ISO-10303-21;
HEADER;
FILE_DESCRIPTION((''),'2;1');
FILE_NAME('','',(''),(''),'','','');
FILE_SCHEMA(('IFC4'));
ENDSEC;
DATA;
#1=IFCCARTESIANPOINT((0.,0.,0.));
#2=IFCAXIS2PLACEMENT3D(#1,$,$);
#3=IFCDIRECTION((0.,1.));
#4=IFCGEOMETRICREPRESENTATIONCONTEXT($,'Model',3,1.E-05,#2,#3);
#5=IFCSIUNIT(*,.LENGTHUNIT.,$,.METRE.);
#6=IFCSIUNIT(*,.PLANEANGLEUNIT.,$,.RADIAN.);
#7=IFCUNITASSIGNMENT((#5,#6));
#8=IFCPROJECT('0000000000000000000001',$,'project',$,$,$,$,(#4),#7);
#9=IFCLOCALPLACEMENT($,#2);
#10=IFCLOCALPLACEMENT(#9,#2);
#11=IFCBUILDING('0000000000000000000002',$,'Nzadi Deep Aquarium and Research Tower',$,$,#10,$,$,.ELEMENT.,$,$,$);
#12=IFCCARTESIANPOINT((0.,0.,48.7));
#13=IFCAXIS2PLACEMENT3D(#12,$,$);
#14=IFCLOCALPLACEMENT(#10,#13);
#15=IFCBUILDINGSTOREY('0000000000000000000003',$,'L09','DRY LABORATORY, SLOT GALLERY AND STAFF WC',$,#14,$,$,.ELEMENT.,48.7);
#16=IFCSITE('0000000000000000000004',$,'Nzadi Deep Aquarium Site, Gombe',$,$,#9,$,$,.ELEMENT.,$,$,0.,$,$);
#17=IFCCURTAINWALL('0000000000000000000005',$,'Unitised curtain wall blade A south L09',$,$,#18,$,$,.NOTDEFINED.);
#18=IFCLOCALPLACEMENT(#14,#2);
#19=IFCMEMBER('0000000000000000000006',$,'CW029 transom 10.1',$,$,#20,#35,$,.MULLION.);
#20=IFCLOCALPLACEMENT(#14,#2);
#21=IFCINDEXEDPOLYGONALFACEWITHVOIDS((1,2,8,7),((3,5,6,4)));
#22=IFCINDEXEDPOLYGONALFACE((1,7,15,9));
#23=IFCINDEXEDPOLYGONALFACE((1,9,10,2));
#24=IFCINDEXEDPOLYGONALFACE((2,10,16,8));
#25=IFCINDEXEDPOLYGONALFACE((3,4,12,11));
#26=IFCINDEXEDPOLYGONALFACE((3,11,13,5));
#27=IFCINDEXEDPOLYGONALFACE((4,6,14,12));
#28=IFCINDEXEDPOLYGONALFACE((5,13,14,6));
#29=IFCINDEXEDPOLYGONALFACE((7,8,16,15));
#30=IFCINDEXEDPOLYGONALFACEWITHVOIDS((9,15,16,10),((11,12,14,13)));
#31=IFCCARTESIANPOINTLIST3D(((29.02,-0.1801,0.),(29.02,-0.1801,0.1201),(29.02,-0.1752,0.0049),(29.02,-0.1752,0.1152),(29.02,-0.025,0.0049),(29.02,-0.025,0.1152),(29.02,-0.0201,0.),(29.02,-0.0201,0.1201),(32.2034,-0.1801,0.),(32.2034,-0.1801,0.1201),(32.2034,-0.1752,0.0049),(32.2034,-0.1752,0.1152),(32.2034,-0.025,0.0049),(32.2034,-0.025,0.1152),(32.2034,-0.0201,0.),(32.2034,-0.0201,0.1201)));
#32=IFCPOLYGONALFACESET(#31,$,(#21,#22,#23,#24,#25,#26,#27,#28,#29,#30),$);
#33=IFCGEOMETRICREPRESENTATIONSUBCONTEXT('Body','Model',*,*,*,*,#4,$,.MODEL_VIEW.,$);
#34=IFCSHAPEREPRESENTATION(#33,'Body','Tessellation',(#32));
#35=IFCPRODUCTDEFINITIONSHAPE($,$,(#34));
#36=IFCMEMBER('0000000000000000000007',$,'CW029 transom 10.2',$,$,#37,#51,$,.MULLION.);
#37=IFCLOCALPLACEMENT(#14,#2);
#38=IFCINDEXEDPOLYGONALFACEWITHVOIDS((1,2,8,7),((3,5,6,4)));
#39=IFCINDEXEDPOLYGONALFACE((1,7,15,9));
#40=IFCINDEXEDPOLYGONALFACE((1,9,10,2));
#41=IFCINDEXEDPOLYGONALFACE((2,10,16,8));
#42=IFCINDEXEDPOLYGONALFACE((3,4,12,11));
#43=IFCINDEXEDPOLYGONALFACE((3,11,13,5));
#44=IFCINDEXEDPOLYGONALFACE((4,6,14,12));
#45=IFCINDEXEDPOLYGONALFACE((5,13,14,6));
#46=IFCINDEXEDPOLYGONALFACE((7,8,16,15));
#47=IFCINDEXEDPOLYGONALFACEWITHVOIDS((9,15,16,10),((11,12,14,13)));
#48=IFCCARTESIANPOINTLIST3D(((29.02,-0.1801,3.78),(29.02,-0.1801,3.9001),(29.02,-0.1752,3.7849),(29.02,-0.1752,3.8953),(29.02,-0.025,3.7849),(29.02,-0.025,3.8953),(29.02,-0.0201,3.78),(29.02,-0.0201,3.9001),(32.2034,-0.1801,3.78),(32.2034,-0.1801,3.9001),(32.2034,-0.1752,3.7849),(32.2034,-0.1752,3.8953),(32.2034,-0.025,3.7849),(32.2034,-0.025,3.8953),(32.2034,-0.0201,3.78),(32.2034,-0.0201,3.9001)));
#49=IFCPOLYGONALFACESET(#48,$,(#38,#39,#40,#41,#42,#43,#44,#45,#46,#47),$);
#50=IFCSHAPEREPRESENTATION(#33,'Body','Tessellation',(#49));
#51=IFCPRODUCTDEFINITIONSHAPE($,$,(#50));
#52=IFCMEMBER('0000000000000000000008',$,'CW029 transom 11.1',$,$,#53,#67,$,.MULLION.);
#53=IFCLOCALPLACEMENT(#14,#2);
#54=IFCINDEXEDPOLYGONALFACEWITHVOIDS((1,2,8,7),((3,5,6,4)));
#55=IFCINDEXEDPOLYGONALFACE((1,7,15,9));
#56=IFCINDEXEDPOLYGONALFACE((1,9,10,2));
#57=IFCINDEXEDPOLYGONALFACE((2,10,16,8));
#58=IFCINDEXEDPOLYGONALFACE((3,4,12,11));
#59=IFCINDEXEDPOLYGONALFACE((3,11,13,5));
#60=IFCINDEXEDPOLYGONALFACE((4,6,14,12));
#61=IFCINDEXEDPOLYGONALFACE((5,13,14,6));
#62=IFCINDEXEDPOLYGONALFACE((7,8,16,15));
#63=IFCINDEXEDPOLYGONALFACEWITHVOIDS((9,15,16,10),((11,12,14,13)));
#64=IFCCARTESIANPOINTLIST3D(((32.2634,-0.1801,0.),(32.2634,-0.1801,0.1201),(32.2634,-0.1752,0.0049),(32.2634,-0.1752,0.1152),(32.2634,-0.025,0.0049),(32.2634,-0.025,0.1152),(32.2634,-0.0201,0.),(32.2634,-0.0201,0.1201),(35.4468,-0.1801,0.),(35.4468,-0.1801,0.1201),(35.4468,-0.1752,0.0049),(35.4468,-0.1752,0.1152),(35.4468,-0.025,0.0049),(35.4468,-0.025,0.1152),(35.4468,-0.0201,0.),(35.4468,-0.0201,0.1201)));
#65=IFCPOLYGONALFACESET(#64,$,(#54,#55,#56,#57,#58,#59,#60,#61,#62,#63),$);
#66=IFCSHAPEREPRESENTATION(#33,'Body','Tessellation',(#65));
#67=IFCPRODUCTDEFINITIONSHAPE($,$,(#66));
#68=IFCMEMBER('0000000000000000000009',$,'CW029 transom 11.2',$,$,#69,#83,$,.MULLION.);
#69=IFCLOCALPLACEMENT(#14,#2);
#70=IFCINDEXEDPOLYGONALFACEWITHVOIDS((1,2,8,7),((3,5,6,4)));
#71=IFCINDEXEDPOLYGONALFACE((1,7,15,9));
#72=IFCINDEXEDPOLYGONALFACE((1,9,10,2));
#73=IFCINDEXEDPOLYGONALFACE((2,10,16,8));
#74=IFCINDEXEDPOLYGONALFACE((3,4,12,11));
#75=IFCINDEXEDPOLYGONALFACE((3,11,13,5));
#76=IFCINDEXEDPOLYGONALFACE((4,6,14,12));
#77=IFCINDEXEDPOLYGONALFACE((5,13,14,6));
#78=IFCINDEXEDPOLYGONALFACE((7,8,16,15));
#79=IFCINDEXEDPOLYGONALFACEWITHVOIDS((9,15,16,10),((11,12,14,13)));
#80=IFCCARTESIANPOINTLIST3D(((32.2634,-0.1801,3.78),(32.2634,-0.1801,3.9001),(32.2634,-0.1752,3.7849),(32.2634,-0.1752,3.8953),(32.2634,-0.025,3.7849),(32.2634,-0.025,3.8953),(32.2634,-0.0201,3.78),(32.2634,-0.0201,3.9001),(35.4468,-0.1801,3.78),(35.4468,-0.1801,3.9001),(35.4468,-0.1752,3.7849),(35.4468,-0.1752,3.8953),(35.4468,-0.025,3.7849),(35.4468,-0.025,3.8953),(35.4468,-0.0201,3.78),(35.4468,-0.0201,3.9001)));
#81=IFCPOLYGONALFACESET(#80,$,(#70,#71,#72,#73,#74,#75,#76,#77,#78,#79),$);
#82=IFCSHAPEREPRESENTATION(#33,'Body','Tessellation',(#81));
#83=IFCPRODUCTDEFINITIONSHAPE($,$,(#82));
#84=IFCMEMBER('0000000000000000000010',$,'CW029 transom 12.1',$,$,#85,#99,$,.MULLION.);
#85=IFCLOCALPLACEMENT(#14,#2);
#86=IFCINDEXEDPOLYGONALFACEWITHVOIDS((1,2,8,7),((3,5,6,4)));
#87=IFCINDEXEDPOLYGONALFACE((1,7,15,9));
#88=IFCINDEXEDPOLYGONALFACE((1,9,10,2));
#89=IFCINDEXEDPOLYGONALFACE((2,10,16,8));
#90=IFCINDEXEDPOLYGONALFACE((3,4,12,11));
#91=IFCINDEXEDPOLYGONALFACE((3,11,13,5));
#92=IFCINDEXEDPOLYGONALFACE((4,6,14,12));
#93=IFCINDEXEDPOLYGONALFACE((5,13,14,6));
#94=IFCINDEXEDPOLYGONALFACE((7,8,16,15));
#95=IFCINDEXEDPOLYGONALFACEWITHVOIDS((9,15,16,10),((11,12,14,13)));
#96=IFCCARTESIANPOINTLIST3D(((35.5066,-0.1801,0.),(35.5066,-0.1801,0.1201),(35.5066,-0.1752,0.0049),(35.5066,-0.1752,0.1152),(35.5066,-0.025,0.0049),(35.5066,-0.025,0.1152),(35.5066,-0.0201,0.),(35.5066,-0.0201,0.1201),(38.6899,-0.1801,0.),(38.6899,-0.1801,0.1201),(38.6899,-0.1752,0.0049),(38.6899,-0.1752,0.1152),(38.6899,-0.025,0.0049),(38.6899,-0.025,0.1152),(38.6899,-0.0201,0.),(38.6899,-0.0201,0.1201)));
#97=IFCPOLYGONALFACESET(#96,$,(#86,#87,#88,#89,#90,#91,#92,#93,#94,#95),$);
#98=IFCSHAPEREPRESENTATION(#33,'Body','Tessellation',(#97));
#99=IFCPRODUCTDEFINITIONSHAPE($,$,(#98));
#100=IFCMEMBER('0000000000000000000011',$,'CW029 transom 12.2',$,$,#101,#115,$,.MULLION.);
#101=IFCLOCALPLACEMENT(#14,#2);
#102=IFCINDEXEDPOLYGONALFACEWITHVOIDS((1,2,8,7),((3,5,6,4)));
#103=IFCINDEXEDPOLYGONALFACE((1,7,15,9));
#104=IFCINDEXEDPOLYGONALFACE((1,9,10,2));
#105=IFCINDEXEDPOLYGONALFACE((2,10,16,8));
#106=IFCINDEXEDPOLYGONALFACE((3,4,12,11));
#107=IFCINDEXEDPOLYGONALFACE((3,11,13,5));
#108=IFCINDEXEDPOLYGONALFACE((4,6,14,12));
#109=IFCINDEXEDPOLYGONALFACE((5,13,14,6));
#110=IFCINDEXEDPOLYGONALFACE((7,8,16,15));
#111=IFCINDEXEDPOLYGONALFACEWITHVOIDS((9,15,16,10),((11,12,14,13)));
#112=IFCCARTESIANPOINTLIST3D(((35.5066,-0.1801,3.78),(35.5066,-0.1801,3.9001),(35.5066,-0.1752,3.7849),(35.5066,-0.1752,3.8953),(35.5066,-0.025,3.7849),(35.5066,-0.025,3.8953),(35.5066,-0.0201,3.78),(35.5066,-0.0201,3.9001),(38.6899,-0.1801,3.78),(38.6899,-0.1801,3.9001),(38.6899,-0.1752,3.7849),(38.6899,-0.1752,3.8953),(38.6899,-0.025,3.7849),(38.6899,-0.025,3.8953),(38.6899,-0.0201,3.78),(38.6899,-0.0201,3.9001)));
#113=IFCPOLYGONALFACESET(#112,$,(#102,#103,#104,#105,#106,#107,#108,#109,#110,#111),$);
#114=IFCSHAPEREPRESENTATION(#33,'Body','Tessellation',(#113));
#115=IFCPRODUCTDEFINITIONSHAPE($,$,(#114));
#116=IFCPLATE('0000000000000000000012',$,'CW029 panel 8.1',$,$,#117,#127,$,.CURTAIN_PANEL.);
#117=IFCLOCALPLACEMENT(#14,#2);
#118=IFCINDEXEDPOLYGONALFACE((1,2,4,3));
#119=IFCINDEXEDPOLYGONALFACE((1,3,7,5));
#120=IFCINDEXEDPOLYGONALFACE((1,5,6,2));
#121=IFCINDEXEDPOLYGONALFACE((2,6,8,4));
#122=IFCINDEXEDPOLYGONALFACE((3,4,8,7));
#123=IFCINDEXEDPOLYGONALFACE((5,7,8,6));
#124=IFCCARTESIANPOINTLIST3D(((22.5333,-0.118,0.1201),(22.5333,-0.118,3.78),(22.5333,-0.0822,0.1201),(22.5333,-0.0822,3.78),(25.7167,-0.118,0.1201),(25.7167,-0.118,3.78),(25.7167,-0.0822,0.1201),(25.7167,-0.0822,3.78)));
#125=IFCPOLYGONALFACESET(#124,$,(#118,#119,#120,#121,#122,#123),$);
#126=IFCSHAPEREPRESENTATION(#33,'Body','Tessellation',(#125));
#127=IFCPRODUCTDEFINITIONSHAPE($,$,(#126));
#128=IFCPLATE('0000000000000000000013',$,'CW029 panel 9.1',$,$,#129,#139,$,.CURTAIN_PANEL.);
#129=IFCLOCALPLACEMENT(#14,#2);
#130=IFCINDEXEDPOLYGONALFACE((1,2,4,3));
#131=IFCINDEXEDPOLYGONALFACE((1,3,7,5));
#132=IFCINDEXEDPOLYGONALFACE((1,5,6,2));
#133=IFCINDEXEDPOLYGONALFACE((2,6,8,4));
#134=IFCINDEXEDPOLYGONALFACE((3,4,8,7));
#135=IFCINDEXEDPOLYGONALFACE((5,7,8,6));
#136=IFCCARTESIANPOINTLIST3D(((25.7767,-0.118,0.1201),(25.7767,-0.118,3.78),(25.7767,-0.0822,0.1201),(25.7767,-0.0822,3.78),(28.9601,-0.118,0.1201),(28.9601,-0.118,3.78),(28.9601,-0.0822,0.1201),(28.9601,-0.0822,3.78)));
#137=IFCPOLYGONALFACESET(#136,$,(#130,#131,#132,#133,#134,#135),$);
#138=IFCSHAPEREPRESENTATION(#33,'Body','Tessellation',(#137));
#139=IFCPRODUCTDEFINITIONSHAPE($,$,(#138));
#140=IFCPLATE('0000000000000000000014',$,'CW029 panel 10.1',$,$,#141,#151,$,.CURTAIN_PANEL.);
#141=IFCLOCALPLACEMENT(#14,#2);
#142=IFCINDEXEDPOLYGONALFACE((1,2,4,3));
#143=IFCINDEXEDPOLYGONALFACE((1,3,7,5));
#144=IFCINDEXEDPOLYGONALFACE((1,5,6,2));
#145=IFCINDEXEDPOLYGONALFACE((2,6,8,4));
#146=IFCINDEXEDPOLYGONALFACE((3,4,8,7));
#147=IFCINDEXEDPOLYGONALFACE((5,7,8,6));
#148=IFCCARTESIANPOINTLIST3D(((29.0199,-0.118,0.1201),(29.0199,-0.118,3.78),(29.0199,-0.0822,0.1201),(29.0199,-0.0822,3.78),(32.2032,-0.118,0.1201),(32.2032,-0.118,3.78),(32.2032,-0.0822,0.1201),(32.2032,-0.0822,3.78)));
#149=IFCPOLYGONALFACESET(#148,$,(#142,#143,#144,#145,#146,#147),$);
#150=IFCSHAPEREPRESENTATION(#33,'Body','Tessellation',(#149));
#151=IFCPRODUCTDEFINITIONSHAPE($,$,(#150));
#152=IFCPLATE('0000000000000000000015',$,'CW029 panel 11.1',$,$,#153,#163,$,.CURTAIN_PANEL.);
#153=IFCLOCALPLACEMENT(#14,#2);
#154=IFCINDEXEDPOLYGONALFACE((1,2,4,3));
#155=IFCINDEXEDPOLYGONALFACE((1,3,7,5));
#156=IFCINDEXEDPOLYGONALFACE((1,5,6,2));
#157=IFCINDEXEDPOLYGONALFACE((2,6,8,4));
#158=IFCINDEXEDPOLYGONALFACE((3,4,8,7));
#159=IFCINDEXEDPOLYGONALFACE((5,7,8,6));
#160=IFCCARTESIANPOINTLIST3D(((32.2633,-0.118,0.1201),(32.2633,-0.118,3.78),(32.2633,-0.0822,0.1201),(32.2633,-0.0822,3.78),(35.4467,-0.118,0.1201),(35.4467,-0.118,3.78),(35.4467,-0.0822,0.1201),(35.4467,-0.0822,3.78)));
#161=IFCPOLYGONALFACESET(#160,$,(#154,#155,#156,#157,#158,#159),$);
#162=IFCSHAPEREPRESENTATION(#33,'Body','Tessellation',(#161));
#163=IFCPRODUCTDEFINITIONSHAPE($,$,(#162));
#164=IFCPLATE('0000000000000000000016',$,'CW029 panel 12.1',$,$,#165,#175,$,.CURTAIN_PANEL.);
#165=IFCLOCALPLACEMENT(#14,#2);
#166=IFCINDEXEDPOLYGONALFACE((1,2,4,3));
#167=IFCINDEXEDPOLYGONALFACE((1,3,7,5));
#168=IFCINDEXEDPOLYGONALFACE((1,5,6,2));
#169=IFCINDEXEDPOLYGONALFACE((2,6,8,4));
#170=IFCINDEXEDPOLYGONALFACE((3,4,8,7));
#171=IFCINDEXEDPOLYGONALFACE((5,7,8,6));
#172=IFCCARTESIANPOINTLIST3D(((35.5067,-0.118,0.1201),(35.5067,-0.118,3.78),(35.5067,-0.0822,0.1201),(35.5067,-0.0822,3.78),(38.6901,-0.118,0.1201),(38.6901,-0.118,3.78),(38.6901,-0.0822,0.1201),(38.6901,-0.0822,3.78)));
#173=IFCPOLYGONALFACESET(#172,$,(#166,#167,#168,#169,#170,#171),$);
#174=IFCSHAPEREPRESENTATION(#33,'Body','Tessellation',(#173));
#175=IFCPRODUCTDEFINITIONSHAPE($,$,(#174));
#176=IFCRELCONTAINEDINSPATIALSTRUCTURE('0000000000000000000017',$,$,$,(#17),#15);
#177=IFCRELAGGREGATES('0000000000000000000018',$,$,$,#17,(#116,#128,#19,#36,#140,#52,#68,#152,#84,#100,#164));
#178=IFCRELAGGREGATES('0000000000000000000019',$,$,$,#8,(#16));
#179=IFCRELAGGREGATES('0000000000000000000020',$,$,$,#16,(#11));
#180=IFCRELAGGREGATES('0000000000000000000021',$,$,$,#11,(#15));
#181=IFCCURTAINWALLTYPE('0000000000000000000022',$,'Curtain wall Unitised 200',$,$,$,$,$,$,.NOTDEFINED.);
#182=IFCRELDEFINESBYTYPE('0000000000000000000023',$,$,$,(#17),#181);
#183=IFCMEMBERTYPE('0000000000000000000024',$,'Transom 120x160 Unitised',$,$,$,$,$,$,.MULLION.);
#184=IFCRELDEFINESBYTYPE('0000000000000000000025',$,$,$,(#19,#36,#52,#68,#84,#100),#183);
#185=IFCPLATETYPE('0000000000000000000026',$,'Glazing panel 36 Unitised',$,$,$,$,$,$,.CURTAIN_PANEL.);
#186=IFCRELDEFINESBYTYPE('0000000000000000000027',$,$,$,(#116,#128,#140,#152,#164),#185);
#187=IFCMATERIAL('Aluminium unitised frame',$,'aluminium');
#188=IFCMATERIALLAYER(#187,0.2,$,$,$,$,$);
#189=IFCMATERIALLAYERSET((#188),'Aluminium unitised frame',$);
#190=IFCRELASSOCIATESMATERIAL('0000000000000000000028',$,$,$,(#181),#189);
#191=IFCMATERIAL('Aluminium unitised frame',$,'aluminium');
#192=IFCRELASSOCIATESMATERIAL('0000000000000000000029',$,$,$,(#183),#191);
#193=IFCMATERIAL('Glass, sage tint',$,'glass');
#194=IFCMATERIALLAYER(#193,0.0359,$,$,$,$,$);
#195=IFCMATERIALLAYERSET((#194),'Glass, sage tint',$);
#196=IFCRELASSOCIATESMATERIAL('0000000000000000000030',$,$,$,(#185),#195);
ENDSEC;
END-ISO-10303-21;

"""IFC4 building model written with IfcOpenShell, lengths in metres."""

from ifc_helpers import new_model, si_unit, direction, frame, origin, origin_2d, place, context, subcontext, project, spatial, rectangle, hollow_rectangle, extrude, material, layer, layer_set, material_profile, profile_set, type_object, element, aggregate, save


model = new_model("IFC4")

# Units and contexts
model_context = context("Model", 3, precision=1e-05, world=origin(), true_north=direction((0.0, 1.0)))
body_context = subcontext(model_context, "Body", "Model", "MODEL_VIEW")
ifc_project = project(units=[si_unit("LENGTHUNIT", "METRE"), si_unit("PLANEANGLEUNIT", "RADIAN")], contexts=[model_context])

# Site, building, storey
site_placement = place(None, origin())
site = spatial("IfcSite", under=ifc_project, at=site_placement, Name="Nzadi Deep Aquarium Site, Gombe", CompositionType="ELEMENT", RefElevation=0.0)
building_placement = place(site_placement, origin())
building = spatial("IfcBuilding", under=site, at=building_placement, Name="Nzadi Deep Aquarium and Research Tower", CompositionType="ELEMENT")
storey_placement = place(building_placement, frame((0.0, 0.0, 48.7)))
storey = spatial("IfcBuildingStorey", under=building, at=storey_placement, Name="L09", Description="DRY LABORATORY, SLOT GALLERY AND STAFF WC", CompositionType="ELEMENT", Elevation=48.7)

# Curtain wall
ifc_material_1 = material(Name="Aluminium unitised frame", Category="aluminium")
ifc_layer_1 = layer(ifc_material_1, 0.2)
ifc_layer_set_1 = layer_set([ifc_layer_1], Name="Aluminium unitised frame")
curtain_wall_type = type_object("IfcCurtainWallType", Name="Curtain wall Unitised 200", PredefinedType="NOTDEFINED", material=ifc_layer_set_1)
curtain_wall_placement = place(storey_placement, origin())
curtain_wall = element("IfcCurtainWall", 1, at=curtain_wall_placement, inside=storey, type_object=curtain_wall_type, Name="Unitised curtain wall blade A south L09", PredefinedType="NOTDEFINED")

# Members
ifc_material_2 = material(Name="Aluminium unitised frame", Category="aluminium")
ifc_material_profile_1 = material_profile(ifc_material_2, hollow_rectangle(XDim=0.1599, YDim=0.1201, WallThickness=0.0049, at=origin_2d()))
ifc_profile_set_1 = profile_set([ifc_material_profile_1], Name="Aluminium unitised frame")
member_type_1 = type_object("IfcMemberType", Name="Transom 120x160 Unitised", PredefinedType="MULLION", material=ifc_profile_set_1)
member_1_placement = place(storey_placement, frame((29.02, -0.1001, 0.0601), z_axis=(1.0, 0.0, 0.0), x_axis=(0.0, 1.0, 0.0)))
member_1 = element("IfcMember", 2, at=member_1_placement, type_object=member_type_1, Name="CW029 transom 10.1", PredefinedType="MULLION", context=body_context, shape_type="SweptSolid", body=[
    extrude(hollow_rectangle(XDim=0.1599, YDim=0.1201, WallThickness=0.0049, at=origin_2d()), origin(), (0.0, 0.0, 1.0), 3.1833),
])
member_2_placement = place(storey_placement, frame((29.02, -0.1001, 3.8401), z_axis=(1.0, 0.0, 0.0), x_axis=(0.0, 1.0, 0.0)))
member_2 = element("IfcMember", 3, at=member_2_placement, type_object=member_type_1, Name="CW029 transom 10.2", PredefinedType="MULLION", context=body_context, shape_type="SweptSolid", body=[
    extrude(hollow_rectangle(XDim=0.1599, YDim=0.1201, WallThickness=0.0049, at=origin_2d()), origin(), (0.0, 0.0, 1.0), 3.1833),
])
member_3_placement = place(storey_placement, frame((32.2634, -0.1001, 0.0601), z_axis=(1.0, 0.0, 0.0), x_axis=(0.0, 1.0, 0.0)))
member_3 = element("IfcMember", 4, at=member_3_placement, type_object=member_type_1, Name="CW029 transom 11.1", PredefinedType="MULLION", context=body_context, shape_type="SweptSolid", body=[
    extrude(hollow_rectangle(XDim=0.1599, YDim=0.1201, WallThickness=0.0049, at=origin_2d()), origin(), (0.0, 0.0, 1.0), 3.1833),
])
member_4_placement = place(storey_placement, frame((32.2634, -0.1001, 3.8401), z_axis=(1.0, 0.0, 0.0), x_axis=(0.0, 1.0, 0.0)))
member_4 = element("IfcMember", 5, at=member_4_placement, type_object=member_type_1, Name="CW029 transom 11.2", PredefinedType="MULLION", context=body_context, shape_type="SweptSolid", body=[
    extrude(hollow_rectangle(XDim=0.1599, YDim=0.1201, WallThickness=0.0049, at=origin_2d()), origin(), (0.0, 0.0, 1.0), 3.1833),
])
member_5_placement = place(storey_placement, frame((35.5066, -0.1001, 0.0601), z_axis=(1.0, 0.0, 0.0), x_axis=(0.0, 1.0, 0.0)))
member_5 = element("IfcMember", 6, at=member_5_placement, type_object=member_type_1, Name="CW029 transom 12.1", PredefinedType="MULLION", context=body_context, shape_type="SweptSolid", body=[
    extrude(hollow_rectangle(XDim=0.1599, YDim=0.1201, WallThickness=0.0049, at=origin_2d()), origin(), (0.0, 0.0, 1.0), 3.1833),
])
member_6_placement = place(storey_placement, frame((35.5066, -0.1001, 3.8401), z_axis=(1.0, 0.0, 0.0), x_axis=(0.0, 1.0, 0.0)))
member_6 = element("IfcMember", 7, at=member_6_placement, type_object=member_type_1, Name="CW029 transom 12.2", PredefinedType="MULLION", context=body_context, shape_type="SweptSolid", body=[
    extrude(hollow_rectangle(XDim=0.1599, YDim=0.1201, WallThickness=0.0049, at=origin_2d()), origin(), (0.0, 0.0, 1.0), 3.1833),
])

# Plates
ifc_material_3 = material(Name="Glass, sage tint", Category="glass")
ifc_layer_2 = layer(ifc_material_3, 0.0359)
ifc_layer_set_2 = layer_set([ifc_layer_2], Name="Glass, sage tint")
plate_type = type_object("IfcPlateType", Name="Glazing panel 36 Unitised", PredefinedType="CURTAIN_PANEL", material=ifc_layer_set_2)
plate_1_placement = place(storey_placement, frame((24.125, -0.1001, 0.1201), z_axis=(0.0, 0.0, 1.0), x_axis=(1.0, 0.0, 0.0)))
plate_1 = element("IfcPlate", 8, at=plate_1_placement, type_object=plate_type, Name="CW029 panel 8.1", PredefinedType="CURTAIN_PANEL", context=body_context, shape_type="SweptSolid", body=[
    extrude(rectangle(XDim=3.1833, YDim=0.0359, at=origin_2d()), origin(), (0.0, 0.0, 1.0), 3.6599),
])
plate_2_placement = place(storey_placement, frame((27.3684, -0.1001, 0.1201), z_axis=(0.0, 0.0, 1.0), x_axis=(1.0, 0.0, 0.0)))
plate_2 = element("IfcPlate", 9, at=plate_2_placement, type_object=plate_type, Name="CW029 panel 9.1", PredefinedType="CURTAIN_PANEL", context=body_context, shape_type="SweptSolid", body=[
    extrude(rectangle(XDim=3.1833, YDim=0.0359, at=origin_2d()), origin(), (0.0, 0.0, 1.0), 3.6599),
])
plate_3_placement = place(storey_placement, frame((30.6116, -0.1001, 0.1201), z_axis=(0.0, 0.0, 1.0), x_axis=(1.0, 0.0, 0.0)))
plate_3 = element("IfcPlate", 10, at=plate_3_placement, type_object=plate_type, Name="CW029 panel 10.1", PredefinedType="CURTAIN_PANEL", context=body_context, shape_type="SweptSolid", body=[
    extrude(rectangle(XDim=3.1833, YDim=0.0359, at=origin_2d()), origin(), (0.0, 0.0, 1.0), 3.6599),
])
plate_4_placement = place(storey_placement, frame((33.855, -0.1001, 0.1201), z_axis=(0.0, 0.0, 1.0), x_axis=(1.0, 0.0, 0.0)))
plate_4 = element("IfcPlate", 11, at=plate_4_placement, type_object=plate_type, Name="CW029 panel 11.1", PredefinedType="CURTAIN_PANEL", context=body_context, shape_type="SweptSolid", body=[
    extrude(rectangle(XDim=3.1833, YDim=0.0359, at=origin_2d()), origin(), (0.0, 0.0, 1.0), 3.6599),
])
plate_5_placement = place(storey_placement, frame((37.0984, -0.1001, 0.1201), z_axis=(0.0, 0.0, 1.0), x_axis=(1.0, 0.0, 0.0)))
plate_5 = element("IfcPlate", 12, at=plate_5_placement, type_object=plate_type, Name="CW029 panel 12.1", PredefinedType="CURTAIN_PANEL", context=body_context, shape_type="SweptSolid", body=[
    extrude(rectangle(XDim=3.1833, YDim=0.0359, at=origin_2d()), origin(), (0.0, 0.0, 1.0), 3.6599),
])
aggregate(curtain_wall, [plate_1, plate_2, member_1, member_2, plate_3, member_3, member_4, plate_4, member_5, member_6, plate_5])

save(model, "model.ifc")
